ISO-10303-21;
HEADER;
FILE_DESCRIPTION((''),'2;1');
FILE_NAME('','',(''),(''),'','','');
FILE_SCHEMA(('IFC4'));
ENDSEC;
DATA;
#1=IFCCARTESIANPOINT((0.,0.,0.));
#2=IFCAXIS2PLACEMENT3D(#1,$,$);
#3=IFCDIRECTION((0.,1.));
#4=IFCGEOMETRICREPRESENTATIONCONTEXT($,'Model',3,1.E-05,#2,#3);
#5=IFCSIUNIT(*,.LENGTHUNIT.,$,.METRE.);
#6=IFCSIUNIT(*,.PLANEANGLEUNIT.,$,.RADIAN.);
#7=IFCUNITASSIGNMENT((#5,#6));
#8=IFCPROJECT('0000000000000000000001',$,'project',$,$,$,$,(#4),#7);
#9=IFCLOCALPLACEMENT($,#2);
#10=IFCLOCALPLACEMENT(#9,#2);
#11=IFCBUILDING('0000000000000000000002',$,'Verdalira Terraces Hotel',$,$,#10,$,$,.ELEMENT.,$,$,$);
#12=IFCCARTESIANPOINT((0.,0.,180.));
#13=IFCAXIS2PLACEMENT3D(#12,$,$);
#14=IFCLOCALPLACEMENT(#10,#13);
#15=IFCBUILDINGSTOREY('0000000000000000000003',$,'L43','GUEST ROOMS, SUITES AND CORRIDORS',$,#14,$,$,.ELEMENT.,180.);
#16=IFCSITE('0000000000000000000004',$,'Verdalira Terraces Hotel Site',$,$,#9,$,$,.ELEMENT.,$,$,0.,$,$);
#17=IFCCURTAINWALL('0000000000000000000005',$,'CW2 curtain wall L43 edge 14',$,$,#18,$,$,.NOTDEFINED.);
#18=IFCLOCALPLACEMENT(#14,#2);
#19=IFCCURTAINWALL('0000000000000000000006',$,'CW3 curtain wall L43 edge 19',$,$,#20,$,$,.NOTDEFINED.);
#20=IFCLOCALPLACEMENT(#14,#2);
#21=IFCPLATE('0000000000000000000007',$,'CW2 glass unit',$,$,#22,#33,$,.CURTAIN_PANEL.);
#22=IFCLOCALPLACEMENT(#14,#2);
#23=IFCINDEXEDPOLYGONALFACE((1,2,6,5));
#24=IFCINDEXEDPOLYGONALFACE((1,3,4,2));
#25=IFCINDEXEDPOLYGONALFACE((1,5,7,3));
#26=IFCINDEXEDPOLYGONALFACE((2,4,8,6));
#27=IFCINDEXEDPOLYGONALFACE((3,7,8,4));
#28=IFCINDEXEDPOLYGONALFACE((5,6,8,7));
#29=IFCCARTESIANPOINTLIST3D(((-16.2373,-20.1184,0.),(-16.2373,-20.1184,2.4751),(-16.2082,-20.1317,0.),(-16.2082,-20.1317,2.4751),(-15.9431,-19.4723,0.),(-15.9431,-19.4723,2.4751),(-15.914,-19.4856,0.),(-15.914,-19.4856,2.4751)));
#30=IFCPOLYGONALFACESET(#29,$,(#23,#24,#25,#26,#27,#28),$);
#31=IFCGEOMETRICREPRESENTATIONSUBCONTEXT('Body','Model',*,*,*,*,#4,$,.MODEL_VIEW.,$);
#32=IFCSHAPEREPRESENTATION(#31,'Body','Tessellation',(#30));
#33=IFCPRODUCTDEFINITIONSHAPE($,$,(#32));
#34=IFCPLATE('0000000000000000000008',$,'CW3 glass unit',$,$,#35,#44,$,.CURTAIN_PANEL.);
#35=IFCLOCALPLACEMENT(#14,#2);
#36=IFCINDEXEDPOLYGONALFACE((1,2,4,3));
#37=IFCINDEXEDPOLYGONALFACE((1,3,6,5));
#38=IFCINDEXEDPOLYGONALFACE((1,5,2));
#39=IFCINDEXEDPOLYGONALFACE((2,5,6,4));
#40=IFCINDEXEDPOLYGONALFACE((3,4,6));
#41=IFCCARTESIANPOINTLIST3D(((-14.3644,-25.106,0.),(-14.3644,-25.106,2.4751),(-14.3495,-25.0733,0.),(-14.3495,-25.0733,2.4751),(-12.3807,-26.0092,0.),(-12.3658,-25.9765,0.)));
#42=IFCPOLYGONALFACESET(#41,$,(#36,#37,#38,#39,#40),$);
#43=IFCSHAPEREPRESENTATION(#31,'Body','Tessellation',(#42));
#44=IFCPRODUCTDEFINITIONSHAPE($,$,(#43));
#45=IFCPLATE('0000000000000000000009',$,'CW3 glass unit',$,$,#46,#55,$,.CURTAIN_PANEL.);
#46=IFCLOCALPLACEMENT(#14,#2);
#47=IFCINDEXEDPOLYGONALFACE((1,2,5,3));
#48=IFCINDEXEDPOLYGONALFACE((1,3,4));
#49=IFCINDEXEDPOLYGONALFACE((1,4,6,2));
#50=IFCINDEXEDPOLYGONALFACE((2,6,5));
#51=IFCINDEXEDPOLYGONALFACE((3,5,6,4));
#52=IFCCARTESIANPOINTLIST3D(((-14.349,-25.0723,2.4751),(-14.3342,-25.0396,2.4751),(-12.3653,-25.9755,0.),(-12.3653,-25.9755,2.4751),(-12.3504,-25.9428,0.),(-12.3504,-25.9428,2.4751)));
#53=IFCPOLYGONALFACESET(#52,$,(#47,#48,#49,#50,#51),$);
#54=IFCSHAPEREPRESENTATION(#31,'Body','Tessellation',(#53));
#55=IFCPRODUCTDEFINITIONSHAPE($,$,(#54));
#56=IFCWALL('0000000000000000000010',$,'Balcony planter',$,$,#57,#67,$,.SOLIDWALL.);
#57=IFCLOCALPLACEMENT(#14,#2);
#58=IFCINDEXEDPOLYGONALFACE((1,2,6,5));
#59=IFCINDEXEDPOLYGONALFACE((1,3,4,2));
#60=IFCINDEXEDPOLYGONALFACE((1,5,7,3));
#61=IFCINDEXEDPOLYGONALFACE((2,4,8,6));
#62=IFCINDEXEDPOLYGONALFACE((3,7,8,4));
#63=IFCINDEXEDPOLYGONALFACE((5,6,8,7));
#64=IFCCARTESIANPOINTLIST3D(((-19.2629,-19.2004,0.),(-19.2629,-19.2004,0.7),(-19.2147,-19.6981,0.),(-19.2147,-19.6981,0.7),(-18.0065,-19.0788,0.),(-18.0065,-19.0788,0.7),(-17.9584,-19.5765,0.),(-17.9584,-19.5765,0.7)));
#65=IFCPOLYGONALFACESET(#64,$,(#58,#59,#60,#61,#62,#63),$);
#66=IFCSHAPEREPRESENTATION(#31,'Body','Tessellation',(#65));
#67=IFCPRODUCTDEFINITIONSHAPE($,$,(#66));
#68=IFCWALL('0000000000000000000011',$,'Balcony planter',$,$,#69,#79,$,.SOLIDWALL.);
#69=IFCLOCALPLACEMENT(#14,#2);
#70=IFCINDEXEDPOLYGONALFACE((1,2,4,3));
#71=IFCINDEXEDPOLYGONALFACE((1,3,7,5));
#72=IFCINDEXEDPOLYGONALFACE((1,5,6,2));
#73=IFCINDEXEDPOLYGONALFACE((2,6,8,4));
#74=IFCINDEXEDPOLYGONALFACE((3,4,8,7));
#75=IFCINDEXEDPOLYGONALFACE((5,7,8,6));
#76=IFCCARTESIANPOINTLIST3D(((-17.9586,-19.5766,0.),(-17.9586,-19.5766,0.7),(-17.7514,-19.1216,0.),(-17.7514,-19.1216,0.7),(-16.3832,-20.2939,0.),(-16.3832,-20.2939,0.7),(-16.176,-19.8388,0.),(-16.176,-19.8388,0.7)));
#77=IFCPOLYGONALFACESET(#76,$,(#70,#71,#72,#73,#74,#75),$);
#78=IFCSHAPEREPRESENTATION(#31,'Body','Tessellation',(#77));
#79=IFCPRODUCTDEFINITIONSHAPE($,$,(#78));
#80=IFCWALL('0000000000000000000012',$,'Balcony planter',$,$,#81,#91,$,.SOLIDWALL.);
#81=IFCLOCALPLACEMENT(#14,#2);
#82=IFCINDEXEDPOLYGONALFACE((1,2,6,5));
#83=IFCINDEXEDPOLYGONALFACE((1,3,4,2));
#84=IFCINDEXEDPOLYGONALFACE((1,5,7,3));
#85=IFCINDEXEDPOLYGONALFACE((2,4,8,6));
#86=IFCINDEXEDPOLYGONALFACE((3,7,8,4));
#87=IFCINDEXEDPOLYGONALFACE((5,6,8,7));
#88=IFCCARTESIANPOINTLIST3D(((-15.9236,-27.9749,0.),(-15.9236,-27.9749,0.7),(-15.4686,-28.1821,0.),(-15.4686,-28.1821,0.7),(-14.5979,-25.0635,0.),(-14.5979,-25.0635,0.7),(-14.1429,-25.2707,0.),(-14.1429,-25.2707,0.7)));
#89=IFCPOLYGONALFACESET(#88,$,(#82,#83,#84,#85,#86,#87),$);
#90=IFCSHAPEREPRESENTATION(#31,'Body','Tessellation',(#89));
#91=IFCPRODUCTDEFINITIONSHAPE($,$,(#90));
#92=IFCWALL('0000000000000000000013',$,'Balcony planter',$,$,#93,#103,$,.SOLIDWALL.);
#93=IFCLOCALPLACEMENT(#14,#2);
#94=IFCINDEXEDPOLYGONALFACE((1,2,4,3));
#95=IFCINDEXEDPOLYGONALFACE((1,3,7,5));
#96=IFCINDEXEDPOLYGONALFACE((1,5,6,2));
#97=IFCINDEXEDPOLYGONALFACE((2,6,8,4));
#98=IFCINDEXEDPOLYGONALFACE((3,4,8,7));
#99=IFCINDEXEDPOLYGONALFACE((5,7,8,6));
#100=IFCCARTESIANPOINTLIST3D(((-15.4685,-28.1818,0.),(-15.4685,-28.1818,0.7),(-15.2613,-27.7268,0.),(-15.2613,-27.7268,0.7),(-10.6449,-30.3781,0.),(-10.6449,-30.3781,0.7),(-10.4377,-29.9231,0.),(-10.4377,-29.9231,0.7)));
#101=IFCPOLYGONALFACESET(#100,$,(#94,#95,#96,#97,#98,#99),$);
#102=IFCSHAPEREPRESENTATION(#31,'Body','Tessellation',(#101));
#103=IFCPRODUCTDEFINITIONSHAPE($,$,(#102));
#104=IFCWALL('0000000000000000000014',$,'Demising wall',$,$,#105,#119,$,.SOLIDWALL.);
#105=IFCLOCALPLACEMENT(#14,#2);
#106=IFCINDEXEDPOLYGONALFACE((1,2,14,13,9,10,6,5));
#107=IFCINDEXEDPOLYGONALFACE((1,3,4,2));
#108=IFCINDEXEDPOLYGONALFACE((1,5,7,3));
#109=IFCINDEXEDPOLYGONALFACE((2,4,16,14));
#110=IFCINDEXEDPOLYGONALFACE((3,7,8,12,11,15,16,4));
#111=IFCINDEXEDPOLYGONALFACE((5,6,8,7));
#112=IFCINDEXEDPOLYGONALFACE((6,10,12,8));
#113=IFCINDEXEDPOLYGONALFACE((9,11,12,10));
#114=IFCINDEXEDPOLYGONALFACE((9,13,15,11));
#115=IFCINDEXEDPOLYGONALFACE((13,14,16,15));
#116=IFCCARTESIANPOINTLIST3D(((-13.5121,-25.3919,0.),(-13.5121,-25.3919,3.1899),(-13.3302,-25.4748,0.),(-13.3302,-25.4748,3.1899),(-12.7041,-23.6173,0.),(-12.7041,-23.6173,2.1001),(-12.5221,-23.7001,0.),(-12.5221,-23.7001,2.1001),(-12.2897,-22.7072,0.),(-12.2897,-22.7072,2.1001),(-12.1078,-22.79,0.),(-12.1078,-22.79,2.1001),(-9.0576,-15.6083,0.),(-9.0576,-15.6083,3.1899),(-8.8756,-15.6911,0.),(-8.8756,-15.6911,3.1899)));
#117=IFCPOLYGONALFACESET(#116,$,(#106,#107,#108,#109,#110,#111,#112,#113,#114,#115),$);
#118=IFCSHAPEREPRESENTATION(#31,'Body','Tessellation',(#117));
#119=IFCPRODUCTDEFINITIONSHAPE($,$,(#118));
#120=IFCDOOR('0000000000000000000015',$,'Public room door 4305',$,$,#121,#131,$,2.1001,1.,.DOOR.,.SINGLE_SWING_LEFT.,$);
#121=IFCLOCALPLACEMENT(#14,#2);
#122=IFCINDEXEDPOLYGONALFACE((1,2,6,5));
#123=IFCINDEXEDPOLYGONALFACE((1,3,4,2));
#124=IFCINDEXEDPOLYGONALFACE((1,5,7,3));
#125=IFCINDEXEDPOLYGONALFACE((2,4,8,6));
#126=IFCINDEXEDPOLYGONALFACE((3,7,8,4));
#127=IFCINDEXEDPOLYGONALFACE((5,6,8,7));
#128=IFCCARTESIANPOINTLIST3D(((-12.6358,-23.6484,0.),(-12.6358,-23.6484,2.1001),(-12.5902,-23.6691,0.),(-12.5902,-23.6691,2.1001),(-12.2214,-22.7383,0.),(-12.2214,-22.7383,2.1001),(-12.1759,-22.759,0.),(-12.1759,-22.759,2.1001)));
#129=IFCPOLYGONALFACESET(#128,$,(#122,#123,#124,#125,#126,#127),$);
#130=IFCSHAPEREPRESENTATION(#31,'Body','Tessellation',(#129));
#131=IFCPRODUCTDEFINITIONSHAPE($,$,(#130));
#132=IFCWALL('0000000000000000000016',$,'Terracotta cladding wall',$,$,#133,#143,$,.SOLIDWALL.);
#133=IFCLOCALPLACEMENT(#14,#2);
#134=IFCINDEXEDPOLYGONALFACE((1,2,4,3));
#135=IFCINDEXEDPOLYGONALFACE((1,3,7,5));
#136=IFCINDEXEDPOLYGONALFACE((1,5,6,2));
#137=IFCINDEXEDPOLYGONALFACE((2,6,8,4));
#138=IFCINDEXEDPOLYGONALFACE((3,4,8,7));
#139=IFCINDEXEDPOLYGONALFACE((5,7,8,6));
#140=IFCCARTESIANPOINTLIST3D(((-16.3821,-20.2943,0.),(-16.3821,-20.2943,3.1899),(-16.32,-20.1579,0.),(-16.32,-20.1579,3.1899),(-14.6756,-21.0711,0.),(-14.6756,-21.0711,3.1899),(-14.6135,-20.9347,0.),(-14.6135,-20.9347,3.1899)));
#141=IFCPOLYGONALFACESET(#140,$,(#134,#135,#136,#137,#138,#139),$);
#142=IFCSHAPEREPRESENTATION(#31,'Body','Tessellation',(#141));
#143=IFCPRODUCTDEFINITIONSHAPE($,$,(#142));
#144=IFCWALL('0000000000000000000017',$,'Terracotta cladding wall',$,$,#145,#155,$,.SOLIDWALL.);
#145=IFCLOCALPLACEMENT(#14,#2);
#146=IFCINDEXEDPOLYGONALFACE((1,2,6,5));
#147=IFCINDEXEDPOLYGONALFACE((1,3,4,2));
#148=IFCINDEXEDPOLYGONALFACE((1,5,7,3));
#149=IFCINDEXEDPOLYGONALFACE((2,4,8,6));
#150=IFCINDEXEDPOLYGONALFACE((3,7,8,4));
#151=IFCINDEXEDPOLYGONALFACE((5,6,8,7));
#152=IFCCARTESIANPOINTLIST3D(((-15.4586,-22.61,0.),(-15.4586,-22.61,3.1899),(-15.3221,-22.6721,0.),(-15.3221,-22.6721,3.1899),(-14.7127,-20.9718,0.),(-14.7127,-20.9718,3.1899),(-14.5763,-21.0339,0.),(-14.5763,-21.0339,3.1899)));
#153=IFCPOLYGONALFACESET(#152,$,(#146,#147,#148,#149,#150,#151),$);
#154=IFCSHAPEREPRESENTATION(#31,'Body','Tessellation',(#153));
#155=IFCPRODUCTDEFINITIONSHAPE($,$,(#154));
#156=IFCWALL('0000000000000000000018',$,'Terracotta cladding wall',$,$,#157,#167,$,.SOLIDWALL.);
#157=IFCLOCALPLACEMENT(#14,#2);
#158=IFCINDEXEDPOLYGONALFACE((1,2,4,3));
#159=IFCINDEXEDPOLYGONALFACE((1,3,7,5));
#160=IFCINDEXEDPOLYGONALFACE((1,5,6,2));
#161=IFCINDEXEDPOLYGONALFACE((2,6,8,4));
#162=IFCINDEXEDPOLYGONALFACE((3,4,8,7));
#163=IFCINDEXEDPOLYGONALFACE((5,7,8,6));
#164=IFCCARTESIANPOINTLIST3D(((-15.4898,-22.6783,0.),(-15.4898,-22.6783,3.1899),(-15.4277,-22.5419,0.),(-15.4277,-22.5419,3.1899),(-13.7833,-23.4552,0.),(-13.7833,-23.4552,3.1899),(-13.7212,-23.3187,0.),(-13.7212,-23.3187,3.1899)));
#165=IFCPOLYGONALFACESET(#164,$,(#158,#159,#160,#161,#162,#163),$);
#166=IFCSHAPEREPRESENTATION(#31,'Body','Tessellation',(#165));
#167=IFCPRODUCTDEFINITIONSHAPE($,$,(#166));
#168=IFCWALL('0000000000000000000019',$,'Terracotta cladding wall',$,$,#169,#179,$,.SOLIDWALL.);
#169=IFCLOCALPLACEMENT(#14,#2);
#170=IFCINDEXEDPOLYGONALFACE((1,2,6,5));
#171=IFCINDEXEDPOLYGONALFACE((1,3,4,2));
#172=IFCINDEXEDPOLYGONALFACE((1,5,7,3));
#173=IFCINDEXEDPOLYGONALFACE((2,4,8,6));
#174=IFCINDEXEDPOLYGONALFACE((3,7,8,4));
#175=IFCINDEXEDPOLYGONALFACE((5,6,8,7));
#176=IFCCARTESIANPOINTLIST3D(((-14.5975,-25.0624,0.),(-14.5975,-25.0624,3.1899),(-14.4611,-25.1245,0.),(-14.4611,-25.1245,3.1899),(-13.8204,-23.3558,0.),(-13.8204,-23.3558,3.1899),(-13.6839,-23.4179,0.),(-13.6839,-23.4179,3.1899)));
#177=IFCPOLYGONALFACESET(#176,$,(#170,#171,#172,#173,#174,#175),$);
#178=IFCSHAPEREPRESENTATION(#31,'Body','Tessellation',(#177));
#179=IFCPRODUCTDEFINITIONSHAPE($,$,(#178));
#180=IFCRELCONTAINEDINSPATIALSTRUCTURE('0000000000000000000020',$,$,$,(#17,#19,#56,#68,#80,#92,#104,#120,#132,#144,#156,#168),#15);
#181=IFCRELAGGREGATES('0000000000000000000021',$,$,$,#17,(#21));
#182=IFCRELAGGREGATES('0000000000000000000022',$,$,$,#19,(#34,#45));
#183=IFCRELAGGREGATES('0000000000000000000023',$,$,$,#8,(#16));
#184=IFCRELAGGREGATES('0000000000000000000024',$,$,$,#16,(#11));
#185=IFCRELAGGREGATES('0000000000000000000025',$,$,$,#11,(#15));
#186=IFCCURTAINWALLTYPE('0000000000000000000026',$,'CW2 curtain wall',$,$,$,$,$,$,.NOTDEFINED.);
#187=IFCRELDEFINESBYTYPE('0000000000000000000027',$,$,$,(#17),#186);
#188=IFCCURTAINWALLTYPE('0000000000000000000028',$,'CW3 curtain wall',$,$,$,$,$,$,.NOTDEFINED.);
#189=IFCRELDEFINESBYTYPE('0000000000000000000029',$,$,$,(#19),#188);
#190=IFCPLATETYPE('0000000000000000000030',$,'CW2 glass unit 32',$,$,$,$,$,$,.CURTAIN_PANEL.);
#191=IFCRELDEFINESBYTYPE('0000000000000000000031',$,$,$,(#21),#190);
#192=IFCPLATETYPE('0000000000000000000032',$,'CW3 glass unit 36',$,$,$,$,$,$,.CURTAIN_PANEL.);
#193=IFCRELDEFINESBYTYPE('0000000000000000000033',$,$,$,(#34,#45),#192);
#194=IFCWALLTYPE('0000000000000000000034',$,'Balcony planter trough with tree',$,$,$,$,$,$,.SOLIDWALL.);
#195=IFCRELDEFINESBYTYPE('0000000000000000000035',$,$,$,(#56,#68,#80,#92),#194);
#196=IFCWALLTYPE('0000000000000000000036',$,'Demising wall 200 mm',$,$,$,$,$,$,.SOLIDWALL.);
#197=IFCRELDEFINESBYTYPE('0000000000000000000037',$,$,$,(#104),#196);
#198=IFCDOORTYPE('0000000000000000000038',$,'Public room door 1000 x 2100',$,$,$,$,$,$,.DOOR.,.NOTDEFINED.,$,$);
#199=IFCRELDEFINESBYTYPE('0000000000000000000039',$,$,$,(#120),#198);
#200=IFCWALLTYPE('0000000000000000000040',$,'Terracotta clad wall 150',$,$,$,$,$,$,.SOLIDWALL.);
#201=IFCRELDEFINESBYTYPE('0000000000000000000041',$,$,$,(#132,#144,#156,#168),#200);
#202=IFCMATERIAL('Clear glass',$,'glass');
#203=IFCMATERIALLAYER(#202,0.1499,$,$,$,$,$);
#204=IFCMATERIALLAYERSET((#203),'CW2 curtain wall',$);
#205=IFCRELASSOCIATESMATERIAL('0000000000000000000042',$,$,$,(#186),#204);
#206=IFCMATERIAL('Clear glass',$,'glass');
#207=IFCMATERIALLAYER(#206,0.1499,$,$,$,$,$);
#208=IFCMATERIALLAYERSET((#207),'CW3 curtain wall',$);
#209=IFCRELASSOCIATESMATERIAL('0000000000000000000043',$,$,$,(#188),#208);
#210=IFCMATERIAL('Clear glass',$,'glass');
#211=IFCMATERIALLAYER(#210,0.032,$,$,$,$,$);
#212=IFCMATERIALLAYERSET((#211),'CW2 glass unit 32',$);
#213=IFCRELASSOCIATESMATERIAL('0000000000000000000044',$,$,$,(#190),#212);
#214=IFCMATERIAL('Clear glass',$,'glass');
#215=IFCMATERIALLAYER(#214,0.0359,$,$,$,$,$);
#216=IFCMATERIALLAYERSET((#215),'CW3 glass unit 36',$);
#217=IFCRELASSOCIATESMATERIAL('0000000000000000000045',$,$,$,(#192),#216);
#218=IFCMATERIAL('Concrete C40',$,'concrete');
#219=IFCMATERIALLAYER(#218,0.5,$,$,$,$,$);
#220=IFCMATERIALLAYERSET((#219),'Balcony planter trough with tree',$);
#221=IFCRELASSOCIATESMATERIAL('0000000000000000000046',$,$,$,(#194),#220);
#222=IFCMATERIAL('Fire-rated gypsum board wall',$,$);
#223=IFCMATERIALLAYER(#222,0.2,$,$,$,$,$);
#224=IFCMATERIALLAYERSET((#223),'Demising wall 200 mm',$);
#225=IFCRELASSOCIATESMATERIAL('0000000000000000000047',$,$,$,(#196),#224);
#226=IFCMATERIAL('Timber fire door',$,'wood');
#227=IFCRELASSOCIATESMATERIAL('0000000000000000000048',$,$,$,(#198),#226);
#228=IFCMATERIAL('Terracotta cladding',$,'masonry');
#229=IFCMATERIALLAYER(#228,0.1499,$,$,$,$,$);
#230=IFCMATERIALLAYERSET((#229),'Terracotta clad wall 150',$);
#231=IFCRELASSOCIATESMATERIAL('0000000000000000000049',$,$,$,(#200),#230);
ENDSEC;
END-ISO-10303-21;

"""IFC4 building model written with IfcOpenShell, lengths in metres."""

from ifc_helpers import new_model, si_unit, direction, frame, frame_2d, origin, origin_2d, place, context, subcontext, project, spatial, polyline, rectangle, outline, extrude, material, layer, layer_set, type_object, element, fill, aggregate, save


model = new_model("IFC4")

# Units and contexts
model_context = context("Model", 3, precision=1e-05, world=origin(), true_north=direction((0.0, 1.0)))
body_context = subcontext(model_context, "Body", "Model", "MODEL_VIEW")
ifc_project = project(units=[si_unit("LENGTHUNIT", "METRE"), si_unit("PLANEANGLEUNIT", "RADIAN")], contexts=[model_context])

# Site, building, storey
site_placement = place(None, origin())
site = spatial("IfcSite", under=ifc_project, at=site_placement, Name="Verdalira Terraces Hotel Site", CompositionType="ELEMENT", RefElevation=0.0)
building_placement = place(site_placement, origin())
building = spatial("IfcBuilding", under=site, at=building_placement, Name="Verdalira Terraces Hotel", CompositionType="ELEMENT")
storey_placement = place(building_placement, frame((0.0, 0.0, 180.0)))
storey = spatial("IfcBuildingStorey", under=building, at=storey_placement, Name="L43", Description="GUEST ROOMS, SUITES AND CORRIDORS", CompositionType="ELEMENT", Elevation=180.0)

# Curtain walls
ifc_material_1 = material(Name="Clear glass", Category="glass")
ifc_layer_1 = layer(ifc_material_1, 0.1499)
ifc_layer_set_1 = layer_set([ifc_layer_1], Name="CW2 curtain wall")
curtain_wall_type_1 = type_object("IfcCurtainWallType", Name="CW2 curtain wall", PredefinedType="NOTDEFINED", material=ifc_layer_set_1)
curtain_wall_1_placement = place(storey_placement, origin())
curtain_wall_1 = element("IfcCurtainWall", 1, at=curtain_wall_1_placement, inside=storey, type_object=curtain_wall_type_1, Name="CW2 curtain wall L43 edge 14", PredefinedType="NOTDEFINED")
ifc_material_2 = material(Name="Clear glass", Category="glass")
ifc_layer_2 = layer(ifc_material_2, 0.1499)
ifc_layer_set_2 = layer_set([ifc_layer_2], Name="CW3 curtain wall")
curtain_wall_type_2 = type_object("IfcCurtainWallType", Name="CW3 curtain wall", PredefinedType="NOTDEFINED", material=ifc_layer_set_2)
curtain_wall_2_placement = place(storey_placement, origin())
curtain_wall_2 = element("IfcCurtainWall", 2, at=curtain_wall_2_placement, inside=storey, type_object=curtain_wall_type_2, Name="CW3 curtain wall L43 edge 19", PredefinedType="NOTDEFINED")

# Plates
ifc_material_3 = material(Name="Clear glass", Category="glass")
ifc_layer_3 = layer(ifc_material_3, 0.032)
ifc_layer_set_3 = layer_set([ifc_layer_3], Name="CW2 glass unit 32")
plate_type_1 = type_object("IfcPlateType", Name="CW2 glass unit 32", PredefinedType="CURTAIN_PANEL", material=ifc_layer_set_3)
plate_1_placement = place(storey_placement, frame((-16.0757, -19.802, 0.0), z_axis=(0.0, 0.0, 1.0), x_axis=(-0.414376, -0.910106, 0.0)))
plate_1 = element("IfcPlate", 3, at=plate_1_placement, type_object=plate_type_1, Name="CW2 glass unit", PredefinedType="CURTAIN_PANEL", context=body_context, shape_type="SweptSolid", body=[
    extrude(rectangle(XDim=0.71, YDim=0.032, at=origin_2d()), origin(), (0.0, 0.0, 1.0), 2.4751),
])
aggregate(curtain_wall_1, [plate_1])
ifc_material_4 = material(Name="Clear glass", Category="glass")
ifc_layer_4 = layer(ifc_material_4, 0.0359)
ifc_layer_set_4 = layer_set([ifc_layer_4], Name="CW3 glass unit 36")
plate_type_2 = type_object("IfcPlateType", Name="CW3 glass unit 36", PredefinedType="CURTAIN_PANEL", material=ifc_layer_set_4)
plate_2_placement = place(storey_placement, frame((-13.3577, -25.5249, 1.2375), z_axis=(-0.414376, -0.910106, 0.0), x_axis=(0.910106, -0.414376, 0.0)))
plate_2 = element("IfcPlate", 4, at=plate_2_placement, type_object=plate_type_2, Name="CW3 glass unit", PredefinedType="CURTAIN_PANEL", context=body_context, shape_type="SweptSolid", body=[
    extrude(outline(polyline([(-1.0898, -1.2375), (1.0898, -1.2375), (-1.0898, 1.2375), (-1.0898, -1.2375)])), origin(), (0.0, 0.0, 1.0), 0.0359),
])
plate_3_placement = place(storey_placement, frame((-13.3423, -25.4912, 1.2375), z_axis=(-0.414376, -0.910106, 0.0), x_axis=(0.910106, -0.414376, 0.0)))
plate_3 = element("IfcPlate", 5, at=plate_3_placement, type_object=plate_type_2, Name="CW3 glass unit", PredefinedType="CURTAIN_PANEL", context=body_context, shape_type="SweptSolid", body=[
    extrude(outline(polyline([(1.0898, -1.2375), (1.0898, 1.2375), (-1.0898, 1.2375), (1.0898, -1.2375)])), origin(), (0.0, 0.0, 1.0), 0.0359),
])
aggregate(curtain_wall_2, [plate_2, plate_3])

# Walls
ifc_material_5 = material(Name="Concrete C40", Category="concrete")
ifc_layer_5 = layer(ifc_material_5, 0.5)
ifc_layer_set_5 = layer_set([ifc_layer_5], Name="Balcony planter trough with tree")
wall_type_1 = type_object("IfcWallType", Name="Balcony planter trough with tree", PredefinedType="SOLIDWALL", material=ifc_layer_set_5)
wall_1_placement = place(storey_placement, frame((-19.2388, -19.4492, 0.0), z_axis=(0.0, 0.0, 1.0), x_axis=(0.99535, 0.096324, 0.0)))
element("IfcWall", 6, at=wall_1_placement, inside=storey, type_object=wall_type_1, Name="Balcony planter", PredefinedType="SOLIDWALL", context=body_context, shape_type="SweptSolid", body=[
    extrude(rectangle(XDim=1.2622, YDim=0.5, at=frame_2d((0.6311, 0.0))), origin(), (0.0, 0.0, 1.0), 0.7),
])
wall_2_placement = place(storey_placement, frame((-17.855, -19.3491, 0.0), z_axis=(0.0, 0.0, 1.0), x_axis=(0.91011, -0.414366, 0.0)))
element("IfcWall", 7, at=wall_2_placement, inside=storey, type_object=wall_type_1, Name="Balcony planter", PredefinedType="SOLIDWALL", context=body_context, shape_type="SweptSolid", body=[
    extrude(rectangle(XDim=1.731, YDim=0.5, at=frame_2d((0.8655, 0.0))), origin(), (0.0, 0.0, 1.0), 0.7),
])
wall_3_placement = place(storey_placement, frame((-14.3704, -25.167, 0.0), z_axis=(0.0, 0.0, 1.0), x_axis=(-0.414407, -0.910092, 0.0)))
element("IfcWall", 8, at=wall_3_placement, inside=storey, type_object=wall_type_1, Name="Balcony planter", PredefinedType="SOLIDWALL", context=body_context, shape_type="SweptSolid", body=[
    extrude(rectangle(XDim=3.199, YDim=0.5, at=frame_2d((1.5996, 0.0))), origin(), (0.0, 0.0, 1.0), 0.7),
])
wall_4_placement = place(storey_placement, frame((-15.3647, -27.9543, 0.0), z_axis=(0.0, 0.0, 1.0), x_axis=(0.910097, -0.414396, 0.0)))
element("IfcWall", 9, at=wall_4_placement, inside=storey, type_object=wall_type_1, Name="Balcony planter", PredefinedType="SOLIDWALL", context=body_context, shape_type="SweptSolid", body=[
    extrude(rectangle(XDim=5.3, YDim=0.5, at=frame_2d((2.6499, 0.0))), origin(), (0.0, 0.0, 1.0), 0.7),
])

# Wall, opening, door
ifc_material_6 = material(Name="Fire-rated gypsum board wall")
ifc_layer_6 = layer(ifc_material_6, 0.2)
ifc_layer_set_6 = layer_set([ifc_layer_6], Name="Demising wall 200 mm")
wall_type_2 = type_object("IfcWallType", Name="Demising wall 200 mm", PredefinedType="SOLIDWALL", material=ifc_layer_set_6)
wall_5_placement = place(storey_placement, frame((-13.4211, -25.4334, 0.0), z_axis=(0.0, 0.0, 1.0), x_axis=(0.414378, 0.910105, 0.0)))
wall_5 = element("IfcWall", 10, at=wall_5_placement, inside=storey, type_object=wall_type_2, Name="Demising wall", PredefinedType="SOLIDWALL", context=body_context, shape_type="SweptSolid", body=[
    extrude(rectangle(XDim=10.75, YDim=0.2, at=frame_2d((5.375, 0.0))), origin(), (0.0, 0.0, 1.0), 3.1899),
])
opening_placement = place(wall_5_placement, frame((1.95, 0.0, 0.0)))
opening = element("IfcOpeningElement", 11, at=opening_placement, cuts=wall_5, PredefinedType="OPENING", context=body_context, shape_type="SweptSolid", body=[
    extrude(rectangle(XDim=1.0, YDim=2.1001, at=frame_2d((0.5, 1.05))), frame((0.0, 0.1099, 0.0), z_axis=(0.0, -1.0, 0.0), x_axis=(1.0, 0.0, 0.0)), (0.0, 0.0, 1.0), 0.22),
])
ifc_material_7 = material(Name="Timber fire door", Category="wood")
door_type = type_object("IfcDoorType", Name="Public room door 1000 x 2100", OperationType="NOTDEFINED", PredefinedType="DOOR", material=ifc_material_7)
door_placement = place(opening_placement, origin())
door = element("IfcDoor", 12, at=door_placement, inside=storey, type_object=door_type, Name="Public room door 4305", OperationType="SINGLE_SWING_LEFT", OverallHeight=2.1001, OverallWidth=1.0, PredefinedType="DOOR", context=body_context, shape_type="SweptSolid", body=[
    extrude(rectangle(XDim=1.0, YDim=2.1001, at=frame_2d((0.5, 1.05))), frame((0.0, 0.0249, 0.0), z_axis=(0.0, -1.0, 0.0), x_axis=(1.0, 0.0, 0.0)), (0.0, 0.0, 1.0), 0.05),
])
fill(opening, door)

# Walls
ifc_material_8 = material(Name="Terracotta cladding", Category="masonry")
ifc_layer_7 = layer(ifc_material_8, 0.1499)
ifc_layer_set_7 = layer_set([ifc_layer_7], Name="Terracotta clad wall 150")
wall_type_3 = type_object("IfcWallType", Name="Terracotta clad wall 150", PredefinedType="SOLIDWALL", material=ifc_layer_set_7)
wall_6_placement = place(storey_placement, frame((-16.3511, -20.2261, 0.0), z_axis=(0.0, 0.0, 1.0), x_axis=(0.910134, -0.414313, 0.0)))
element("IfcWall", 13, at=wall_6_placement, inside=storey, type_object=wall_type_3, Name="Terracotta cladding wall", PredefinedType="SOLIDWALL", context=body_context, shape_type="SweptSolid", body=[
    extrude(rectangle(XDim=1.875, YDim=0.1499, at=frame_2d((0.9375, 0.0))), origin(), (0.0, 0.0, 1.0), 3.1899),
])
wall_7_placement = place(storey_placement, frame((-14.6445, -21.0029, 0.0), z_axis=(0.0, 0.0, 1.0), x_axis=(-0.414365, -0.910111, 0.0)))
element("IfcWall", 14, at=wall_7_placement, inside=storey, type_object=wall_type_3, Name="Terracotta cladding wall", PredefinedType="SOLIDWALL", context=body_context, shape_type="SweptSolid", body=[
    extrude(rectangle(XDim=1.8, YDim=0.1499, at=frame_2d((0.8999, 0.0))), origin(), (0.0, 0.0, 1.0), 3.1899),
])
wall_8_placement = place(storey_placement, frame((-15.4587, -22.6101, 0.0), z_axis=(0.0, 0.0, 1.0), x_axis=(0.910134, -0.414313, 0.0)))
element("IfcWall", 15, at=wall_8_placement, inside=storey, type_object=wall_type_3, Name="Terracotta cladding wall", PredefinedType="SOLIDWALL", context=body_context, shape_type="SweptSolid", body=[
    extrude(rectangle(XDim=1.875, YDim=0.1499, at=frame_2d((0.9375, 0.0))), origin(), (0.0, 0.0, 1.0), 3.1899),
])
wall_9_placement = place(storey_placement, frame((-13.7522, -23.387, 0.0), z_axis=(0.0, 0.0, 1.0), x_axis=(-0.414421, -0.910085, 0.0)))
element("IfcWall", 16, at=wall_9_placement, inside=storey, type_object=wall_type_3, Name="Terracotta cladding wall", PredefinedType="SOLIDWALL", context=body_context, shape_type="SweptSolid", body=[
    extrude(rectangle(XDim=1.8752, YDim=0.1499, at=frame_2d((0.9375, 0.0))), origin(), (0.0, 0.0, 1.0), 3.1899),
])

save(model, "model.ifc")
